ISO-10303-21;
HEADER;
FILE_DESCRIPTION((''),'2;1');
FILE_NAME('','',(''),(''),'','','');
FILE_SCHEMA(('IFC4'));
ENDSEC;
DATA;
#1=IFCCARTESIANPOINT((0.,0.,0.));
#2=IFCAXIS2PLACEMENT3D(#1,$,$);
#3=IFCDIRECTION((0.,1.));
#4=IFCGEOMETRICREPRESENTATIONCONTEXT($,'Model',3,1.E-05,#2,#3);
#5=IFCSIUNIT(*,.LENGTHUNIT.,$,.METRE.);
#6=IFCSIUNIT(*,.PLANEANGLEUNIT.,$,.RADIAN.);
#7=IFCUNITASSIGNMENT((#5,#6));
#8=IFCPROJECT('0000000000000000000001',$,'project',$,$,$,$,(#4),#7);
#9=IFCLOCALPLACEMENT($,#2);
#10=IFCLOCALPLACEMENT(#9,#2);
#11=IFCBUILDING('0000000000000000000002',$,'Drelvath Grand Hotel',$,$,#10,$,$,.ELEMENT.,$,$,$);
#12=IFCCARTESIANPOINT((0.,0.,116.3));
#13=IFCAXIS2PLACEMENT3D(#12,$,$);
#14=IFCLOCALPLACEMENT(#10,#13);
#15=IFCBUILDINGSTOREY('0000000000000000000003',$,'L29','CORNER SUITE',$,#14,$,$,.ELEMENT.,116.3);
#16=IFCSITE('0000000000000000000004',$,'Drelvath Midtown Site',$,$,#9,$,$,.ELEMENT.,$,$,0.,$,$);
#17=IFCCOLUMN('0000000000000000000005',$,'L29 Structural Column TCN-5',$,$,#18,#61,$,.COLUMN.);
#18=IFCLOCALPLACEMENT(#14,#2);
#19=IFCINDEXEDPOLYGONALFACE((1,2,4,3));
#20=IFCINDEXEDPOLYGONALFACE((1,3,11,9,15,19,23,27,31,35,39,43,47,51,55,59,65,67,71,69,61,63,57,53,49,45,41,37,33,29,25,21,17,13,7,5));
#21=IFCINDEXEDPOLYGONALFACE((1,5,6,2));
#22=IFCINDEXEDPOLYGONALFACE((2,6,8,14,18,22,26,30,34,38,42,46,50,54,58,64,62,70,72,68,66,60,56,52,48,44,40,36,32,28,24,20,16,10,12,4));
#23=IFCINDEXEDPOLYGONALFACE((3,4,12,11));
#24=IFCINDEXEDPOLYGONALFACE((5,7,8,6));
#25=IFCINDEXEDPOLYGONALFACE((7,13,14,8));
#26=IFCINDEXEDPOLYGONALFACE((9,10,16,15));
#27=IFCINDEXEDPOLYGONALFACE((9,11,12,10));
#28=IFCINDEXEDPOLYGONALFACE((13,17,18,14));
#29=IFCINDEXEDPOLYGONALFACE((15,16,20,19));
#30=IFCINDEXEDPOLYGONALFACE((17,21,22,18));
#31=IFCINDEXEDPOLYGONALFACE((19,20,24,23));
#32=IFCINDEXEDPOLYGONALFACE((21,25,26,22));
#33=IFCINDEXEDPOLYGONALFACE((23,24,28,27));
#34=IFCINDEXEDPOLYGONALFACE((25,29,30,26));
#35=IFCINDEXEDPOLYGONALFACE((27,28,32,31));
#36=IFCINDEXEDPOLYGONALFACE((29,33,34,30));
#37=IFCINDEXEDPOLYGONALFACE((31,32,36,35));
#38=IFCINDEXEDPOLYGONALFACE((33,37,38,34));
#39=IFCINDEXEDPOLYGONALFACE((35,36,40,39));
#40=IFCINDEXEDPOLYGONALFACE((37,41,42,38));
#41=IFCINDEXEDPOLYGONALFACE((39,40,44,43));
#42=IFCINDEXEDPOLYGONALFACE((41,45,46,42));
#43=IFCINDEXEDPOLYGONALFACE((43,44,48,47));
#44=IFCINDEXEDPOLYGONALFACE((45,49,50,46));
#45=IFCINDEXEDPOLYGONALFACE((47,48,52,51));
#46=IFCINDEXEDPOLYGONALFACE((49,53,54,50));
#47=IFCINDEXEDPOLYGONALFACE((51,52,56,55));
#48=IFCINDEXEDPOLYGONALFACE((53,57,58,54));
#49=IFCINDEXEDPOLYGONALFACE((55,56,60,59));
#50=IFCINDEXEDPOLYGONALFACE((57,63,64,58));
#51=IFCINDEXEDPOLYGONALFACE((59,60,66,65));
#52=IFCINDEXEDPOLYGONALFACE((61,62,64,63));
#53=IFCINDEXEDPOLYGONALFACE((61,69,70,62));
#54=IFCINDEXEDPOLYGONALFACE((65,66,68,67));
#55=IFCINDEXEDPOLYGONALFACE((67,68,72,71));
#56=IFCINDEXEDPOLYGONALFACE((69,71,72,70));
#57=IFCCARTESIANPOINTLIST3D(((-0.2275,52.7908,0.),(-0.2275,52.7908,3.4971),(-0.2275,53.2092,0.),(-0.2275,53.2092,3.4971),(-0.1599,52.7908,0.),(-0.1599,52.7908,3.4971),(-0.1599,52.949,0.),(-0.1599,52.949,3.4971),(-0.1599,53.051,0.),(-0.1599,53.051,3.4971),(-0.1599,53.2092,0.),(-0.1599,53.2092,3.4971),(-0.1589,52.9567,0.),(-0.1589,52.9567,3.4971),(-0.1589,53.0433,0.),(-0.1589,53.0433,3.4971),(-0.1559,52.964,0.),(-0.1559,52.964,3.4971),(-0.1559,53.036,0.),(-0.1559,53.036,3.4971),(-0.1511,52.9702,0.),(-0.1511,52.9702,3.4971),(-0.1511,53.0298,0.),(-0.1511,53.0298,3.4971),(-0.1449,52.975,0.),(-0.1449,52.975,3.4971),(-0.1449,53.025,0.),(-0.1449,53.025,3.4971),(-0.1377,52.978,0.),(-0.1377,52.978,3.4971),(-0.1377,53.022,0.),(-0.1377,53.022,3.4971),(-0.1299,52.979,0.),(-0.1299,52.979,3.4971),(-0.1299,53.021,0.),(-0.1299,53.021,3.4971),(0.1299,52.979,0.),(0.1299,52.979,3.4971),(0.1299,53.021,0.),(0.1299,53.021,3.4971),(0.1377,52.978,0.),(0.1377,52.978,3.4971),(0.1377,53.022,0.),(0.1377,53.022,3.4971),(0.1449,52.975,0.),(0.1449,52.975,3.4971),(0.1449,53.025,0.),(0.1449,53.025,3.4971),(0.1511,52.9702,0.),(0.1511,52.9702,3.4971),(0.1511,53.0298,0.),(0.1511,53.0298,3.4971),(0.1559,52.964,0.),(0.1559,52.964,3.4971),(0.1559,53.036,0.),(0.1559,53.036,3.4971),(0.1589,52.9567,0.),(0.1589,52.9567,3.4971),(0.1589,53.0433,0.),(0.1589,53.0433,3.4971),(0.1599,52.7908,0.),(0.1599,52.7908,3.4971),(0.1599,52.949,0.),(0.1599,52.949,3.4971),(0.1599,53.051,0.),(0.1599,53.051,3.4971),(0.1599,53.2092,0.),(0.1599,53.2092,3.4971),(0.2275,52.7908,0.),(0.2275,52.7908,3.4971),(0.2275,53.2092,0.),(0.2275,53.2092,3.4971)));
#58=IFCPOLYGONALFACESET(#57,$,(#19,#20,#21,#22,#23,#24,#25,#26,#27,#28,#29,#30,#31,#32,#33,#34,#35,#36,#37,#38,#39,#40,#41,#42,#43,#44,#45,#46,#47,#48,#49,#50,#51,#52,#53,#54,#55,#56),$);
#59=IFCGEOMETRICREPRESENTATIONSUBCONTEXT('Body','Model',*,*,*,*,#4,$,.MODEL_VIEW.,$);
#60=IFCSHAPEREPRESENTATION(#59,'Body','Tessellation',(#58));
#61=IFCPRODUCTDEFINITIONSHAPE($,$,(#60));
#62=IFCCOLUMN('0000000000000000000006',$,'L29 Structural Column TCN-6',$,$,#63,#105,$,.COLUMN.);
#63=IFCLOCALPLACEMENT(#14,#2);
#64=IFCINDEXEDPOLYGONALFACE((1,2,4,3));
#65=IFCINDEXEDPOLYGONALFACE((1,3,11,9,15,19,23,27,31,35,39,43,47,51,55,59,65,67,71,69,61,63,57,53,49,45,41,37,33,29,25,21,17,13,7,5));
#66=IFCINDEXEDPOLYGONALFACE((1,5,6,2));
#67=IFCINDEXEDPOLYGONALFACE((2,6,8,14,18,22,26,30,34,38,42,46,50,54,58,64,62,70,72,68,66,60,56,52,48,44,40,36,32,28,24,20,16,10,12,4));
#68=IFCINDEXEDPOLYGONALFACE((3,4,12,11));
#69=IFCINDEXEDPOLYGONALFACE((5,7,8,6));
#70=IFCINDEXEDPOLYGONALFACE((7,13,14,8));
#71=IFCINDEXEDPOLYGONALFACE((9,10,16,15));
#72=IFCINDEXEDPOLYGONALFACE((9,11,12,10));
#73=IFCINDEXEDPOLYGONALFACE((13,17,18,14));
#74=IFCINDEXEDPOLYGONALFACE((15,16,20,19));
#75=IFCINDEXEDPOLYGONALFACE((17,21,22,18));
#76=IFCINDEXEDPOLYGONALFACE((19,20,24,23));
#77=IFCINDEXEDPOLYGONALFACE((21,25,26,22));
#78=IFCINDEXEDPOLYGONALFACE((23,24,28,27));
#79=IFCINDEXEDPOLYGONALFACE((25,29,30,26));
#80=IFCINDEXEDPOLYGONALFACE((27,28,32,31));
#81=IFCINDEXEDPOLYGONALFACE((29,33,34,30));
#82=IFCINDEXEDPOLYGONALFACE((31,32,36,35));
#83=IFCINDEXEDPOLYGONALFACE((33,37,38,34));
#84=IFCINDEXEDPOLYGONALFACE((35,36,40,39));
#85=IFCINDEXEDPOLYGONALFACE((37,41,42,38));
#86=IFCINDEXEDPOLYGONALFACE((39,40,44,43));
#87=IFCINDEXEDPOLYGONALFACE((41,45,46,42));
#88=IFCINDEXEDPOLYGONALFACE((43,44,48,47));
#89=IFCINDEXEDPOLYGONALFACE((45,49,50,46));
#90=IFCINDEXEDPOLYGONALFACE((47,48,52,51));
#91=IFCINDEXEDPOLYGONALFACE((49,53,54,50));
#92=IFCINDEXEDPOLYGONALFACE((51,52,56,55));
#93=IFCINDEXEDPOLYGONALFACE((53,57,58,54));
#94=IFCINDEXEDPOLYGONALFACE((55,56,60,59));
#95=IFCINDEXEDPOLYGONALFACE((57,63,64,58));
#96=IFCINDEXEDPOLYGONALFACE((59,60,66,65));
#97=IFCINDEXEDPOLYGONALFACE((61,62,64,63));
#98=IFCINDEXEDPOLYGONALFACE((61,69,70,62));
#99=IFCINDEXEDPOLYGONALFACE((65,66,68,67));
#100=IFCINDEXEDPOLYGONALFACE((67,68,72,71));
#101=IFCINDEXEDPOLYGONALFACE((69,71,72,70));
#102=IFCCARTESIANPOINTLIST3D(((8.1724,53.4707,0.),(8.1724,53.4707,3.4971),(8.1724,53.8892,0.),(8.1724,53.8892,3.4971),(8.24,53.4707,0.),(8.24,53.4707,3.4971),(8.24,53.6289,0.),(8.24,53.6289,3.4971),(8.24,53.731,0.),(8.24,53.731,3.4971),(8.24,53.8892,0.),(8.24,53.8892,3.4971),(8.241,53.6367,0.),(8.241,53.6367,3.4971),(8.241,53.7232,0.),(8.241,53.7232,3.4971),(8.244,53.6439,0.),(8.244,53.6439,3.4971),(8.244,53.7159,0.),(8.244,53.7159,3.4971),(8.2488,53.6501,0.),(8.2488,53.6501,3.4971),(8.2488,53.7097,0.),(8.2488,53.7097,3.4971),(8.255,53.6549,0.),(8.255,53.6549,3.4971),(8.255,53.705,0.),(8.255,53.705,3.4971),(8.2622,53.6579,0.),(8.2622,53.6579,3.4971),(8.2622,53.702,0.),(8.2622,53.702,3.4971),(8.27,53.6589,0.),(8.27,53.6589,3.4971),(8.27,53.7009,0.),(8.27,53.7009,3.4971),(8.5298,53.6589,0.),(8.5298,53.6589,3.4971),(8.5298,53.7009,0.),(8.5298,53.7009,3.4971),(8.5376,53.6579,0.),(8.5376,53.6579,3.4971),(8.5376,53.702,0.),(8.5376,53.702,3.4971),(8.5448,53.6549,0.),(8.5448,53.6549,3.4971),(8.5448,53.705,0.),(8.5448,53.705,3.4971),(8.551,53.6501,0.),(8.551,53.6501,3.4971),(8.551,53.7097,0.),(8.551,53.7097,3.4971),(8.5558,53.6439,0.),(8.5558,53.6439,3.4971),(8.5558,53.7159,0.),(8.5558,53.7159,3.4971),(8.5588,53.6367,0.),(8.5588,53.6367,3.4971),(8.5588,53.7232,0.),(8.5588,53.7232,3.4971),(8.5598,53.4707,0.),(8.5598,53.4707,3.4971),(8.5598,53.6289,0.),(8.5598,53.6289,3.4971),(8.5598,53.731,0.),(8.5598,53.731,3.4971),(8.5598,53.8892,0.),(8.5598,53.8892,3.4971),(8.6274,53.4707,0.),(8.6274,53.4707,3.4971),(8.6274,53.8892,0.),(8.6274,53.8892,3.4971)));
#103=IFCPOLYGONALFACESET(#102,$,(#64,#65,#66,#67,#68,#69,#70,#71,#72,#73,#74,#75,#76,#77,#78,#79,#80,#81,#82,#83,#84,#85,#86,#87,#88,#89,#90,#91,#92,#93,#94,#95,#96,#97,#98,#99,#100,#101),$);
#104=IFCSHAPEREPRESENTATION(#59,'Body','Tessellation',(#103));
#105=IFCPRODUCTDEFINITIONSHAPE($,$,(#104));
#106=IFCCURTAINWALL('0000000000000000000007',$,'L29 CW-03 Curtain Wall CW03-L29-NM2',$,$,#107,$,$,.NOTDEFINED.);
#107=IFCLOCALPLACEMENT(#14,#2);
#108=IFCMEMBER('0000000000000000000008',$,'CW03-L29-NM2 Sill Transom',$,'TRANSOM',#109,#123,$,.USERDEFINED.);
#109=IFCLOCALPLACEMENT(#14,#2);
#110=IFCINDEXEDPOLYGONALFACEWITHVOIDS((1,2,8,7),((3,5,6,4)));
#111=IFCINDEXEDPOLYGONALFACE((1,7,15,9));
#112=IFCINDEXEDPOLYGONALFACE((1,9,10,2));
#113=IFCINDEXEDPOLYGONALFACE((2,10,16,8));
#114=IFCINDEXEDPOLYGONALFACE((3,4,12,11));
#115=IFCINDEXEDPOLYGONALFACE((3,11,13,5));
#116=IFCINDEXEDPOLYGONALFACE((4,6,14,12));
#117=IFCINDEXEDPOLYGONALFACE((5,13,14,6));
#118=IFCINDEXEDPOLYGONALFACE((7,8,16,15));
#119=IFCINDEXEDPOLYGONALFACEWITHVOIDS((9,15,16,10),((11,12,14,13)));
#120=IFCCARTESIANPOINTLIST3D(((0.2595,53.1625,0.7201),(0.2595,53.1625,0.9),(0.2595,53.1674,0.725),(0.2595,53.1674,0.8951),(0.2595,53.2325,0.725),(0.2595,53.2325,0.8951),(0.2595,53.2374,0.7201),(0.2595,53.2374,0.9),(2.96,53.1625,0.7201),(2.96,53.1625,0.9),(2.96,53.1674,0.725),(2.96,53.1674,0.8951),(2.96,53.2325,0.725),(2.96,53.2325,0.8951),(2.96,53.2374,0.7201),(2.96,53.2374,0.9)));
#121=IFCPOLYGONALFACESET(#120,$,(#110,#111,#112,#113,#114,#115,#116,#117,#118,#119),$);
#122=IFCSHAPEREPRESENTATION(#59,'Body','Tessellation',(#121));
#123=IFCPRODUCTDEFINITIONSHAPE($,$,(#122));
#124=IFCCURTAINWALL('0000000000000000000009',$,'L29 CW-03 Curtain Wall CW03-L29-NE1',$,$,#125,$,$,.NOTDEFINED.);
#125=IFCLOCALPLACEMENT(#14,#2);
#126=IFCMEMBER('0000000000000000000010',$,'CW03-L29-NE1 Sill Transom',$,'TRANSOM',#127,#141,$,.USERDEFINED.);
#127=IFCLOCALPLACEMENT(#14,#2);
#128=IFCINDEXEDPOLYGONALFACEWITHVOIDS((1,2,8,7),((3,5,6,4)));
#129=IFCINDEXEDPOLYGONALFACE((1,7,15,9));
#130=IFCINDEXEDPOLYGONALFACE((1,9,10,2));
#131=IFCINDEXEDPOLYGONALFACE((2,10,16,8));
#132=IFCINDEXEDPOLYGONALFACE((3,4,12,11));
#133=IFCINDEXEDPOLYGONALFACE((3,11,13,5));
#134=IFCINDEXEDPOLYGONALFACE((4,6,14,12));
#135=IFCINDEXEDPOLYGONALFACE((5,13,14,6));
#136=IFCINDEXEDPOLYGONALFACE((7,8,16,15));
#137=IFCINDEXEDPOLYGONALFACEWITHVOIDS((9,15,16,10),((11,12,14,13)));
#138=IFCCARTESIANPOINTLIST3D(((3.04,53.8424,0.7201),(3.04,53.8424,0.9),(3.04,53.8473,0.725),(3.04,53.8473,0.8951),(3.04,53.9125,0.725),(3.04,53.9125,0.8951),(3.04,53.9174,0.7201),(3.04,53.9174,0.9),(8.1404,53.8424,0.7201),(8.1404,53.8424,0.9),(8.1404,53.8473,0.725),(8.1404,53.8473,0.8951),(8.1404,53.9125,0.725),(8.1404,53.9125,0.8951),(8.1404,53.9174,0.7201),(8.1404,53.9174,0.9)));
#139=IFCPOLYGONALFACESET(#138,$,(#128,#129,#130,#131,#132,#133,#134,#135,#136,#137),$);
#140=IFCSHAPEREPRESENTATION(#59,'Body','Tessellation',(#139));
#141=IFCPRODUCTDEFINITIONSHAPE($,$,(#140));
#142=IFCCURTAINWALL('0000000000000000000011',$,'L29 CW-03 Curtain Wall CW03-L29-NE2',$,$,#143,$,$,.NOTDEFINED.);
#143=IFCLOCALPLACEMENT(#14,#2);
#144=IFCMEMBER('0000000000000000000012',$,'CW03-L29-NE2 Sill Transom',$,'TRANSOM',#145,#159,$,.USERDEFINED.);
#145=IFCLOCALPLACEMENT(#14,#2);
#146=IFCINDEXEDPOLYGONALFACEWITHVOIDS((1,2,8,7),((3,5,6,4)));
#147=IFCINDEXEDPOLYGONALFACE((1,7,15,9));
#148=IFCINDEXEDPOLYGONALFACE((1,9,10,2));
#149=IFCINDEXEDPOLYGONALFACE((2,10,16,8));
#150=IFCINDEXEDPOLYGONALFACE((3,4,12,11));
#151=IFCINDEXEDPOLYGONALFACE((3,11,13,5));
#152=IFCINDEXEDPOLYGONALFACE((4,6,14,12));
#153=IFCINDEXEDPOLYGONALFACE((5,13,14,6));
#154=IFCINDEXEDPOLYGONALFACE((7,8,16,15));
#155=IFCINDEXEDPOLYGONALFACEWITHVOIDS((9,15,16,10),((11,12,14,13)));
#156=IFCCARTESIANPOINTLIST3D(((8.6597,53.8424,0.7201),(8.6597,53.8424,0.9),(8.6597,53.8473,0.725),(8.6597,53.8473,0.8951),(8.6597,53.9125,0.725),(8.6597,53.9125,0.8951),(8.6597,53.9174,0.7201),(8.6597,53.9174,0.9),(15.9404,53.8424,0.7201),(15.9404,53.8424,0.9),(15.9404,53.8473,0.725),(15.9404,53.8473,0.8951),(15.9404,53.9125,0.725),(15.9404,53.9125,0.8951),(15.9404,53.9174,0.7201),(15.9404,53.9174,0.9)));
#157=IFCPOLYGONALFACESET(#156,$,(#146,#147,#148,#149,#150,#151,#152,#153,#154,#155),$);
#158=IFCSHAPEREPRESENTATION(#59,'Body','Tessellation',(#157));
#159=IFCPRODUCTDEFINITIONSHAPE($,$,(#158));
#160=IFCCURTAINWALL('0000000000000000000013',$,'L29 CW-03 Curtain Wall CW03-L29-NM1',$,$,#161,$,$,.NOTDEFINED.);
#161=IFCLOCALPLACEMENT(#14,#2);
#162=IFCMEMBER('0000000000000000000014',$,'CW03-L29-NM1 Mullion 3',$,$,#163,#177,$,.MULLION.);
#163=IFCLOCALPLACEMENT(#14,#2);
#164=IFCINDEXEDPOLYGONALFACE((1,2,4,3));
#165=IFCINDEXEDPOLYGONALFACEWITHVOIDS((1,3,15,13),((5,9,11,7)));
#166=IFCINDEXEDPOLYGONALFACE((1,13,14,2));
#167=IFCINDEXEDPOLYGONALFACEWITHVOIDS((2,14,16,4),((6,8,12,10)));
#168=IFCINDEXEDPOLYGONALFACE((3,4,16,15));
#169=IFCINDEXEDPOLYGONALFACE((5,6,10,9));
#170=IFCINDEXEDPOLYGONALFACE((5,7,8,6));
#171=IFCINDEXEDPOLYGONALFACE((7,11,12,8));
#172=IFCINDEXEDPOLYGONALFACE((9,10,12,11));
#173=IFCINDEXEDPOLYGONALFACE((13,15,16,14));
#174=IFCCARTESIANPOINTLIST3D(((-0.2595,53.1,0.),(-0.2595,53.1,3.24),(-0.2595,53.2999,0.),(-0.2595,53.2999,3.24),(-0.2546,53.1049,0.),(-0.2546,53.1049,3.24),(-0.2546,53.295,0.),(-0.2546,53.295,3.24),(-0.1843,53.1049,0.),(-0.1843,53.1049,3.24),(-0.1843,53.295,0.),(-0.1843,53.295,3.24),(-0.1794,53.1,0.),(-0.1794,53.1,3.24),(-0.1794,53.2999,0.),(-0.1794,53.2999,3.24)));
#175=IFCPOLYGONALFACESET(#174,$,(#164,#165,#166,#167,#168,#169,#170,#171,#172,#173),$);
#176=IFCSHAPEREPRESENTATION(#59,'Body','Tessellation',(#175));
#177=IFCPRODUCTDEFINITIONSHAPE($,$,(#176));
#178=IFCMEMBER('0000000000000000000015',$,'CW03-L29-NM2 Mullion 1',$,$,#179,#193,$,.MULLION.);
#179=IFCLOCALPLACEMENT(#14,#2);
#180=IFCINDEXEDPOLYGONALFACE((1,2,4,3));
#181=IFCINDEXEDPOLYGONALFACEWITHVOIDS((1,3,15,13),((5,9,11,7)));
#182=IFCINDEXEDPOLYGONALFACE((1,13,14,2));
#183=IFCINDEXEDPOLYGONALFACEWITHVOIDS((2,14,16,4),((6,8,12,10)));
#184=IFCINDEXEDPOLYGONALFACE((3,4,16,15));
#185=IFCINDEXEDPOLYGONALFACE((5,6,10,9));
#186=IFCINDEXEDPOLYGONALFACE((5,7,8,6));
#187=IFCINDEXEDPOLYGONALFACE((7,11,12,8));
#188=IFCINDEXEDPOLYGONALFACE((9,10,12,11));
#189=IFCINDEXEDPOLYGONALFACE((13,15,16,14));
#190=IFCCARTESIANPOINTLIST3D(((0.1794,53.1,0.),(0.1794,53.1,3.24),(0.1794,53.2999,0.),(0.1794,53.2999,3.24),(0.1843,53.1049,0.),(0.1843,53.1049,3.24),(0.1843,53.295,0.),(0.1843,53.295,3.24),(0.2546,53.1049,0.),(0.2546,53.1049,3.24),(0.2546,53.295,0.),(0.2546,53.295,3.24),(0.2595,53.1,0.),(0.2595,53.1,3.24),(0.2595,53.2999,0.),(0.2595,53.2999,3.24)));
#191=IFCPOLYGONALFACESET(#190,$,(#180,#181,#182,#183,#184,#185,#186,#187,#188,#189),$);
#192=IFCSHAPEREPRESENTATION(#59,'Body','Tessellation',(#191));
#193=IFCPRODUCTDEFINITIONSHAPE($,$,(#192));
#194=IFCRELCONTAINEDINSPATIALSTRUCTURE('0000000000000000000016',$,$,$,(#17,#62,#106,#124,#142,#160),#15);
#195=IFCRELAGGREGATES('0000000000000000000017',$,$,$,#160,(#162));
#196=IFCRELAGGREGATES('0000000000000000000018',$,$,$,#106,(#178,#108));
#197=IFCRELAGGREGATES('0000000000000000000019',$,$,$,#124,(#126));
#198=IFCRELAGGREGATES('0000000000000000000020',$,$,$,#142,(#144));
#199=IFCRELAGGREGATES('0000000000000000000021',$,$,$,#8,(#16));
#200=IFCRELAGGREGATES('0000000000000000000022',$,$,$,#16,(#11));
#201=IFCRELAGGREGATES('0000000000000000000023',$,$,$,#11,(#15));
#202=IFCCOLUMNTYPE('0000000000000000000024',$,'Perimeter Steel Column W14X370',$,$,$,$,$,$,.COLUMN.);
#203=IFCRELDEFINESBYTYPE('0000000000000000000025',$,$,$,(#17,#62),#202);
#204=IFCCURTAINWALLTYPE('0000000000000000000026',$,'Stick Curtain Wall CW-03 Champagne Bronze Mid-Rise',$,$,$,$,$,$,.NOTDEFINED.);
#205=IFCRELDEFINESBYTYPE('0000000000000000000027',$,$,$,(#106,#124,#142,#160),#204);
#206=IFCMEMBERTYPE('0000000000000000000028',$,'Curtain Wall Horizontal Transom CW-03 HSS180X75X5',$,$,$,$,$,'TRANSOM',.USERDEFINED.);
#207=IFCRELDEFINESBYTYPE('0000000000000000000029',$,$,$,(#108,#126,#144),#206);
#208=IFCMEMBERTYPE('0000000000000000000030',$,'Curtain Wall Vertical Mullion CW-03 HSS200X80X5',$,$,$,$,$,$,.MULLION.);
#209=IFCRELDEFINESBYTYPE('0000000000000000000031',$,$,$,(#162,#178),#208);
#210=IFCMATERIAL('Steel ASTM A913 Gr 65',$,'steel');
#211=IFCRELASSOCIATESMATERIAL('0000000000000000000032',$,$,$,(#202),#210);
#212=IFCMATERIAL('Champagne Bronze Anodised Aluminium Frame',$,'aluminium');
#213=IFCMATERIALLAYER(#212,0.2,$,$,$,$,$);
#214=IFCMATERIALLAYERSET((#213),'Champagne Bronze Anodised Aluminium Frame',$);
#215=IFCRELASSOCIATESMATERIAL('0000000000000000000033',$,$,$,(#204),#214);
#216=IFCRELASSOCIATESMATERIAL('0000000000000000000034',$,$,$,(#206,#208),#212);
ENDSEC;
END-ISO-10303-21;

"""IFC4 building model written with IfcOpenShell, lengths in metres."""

from ifc_helpers import new_model, si_unit, direction, frame, origin, origin_2d, place, context, subcontext, project, spatial, hollow_rectangle, i_section, extrude, material, layer, layer_set, material_profile, profile_set, type_object, element, aggregate, save


model = new_model("IFC4")

# Units and contexts
model_context = context("Model", 3, precision=1e-05, world=origin(), true_north=direction((0.0, 1.0)))
body_context = subcontext(model_context, "Body", "Model", "MODEL_VIEW")
ifc_project = project(units=[si_unit("LENGTHUNIT", "METRE"), si_unit("PLANEANGLEUNIT", "RADIAN")], contexts=[model_context])

# Site, building, storey
site_placement = place(None, origin())
site = spatial("IfcSite", under=ifc_project, at=site_placement, Name="Drelvath Midtown Site", CompositionType="ELEMENT", RefElevation=0.0)
building_placement = place(site_placement, origin())
building = spatial("IfcBuilding", under=site, at=building_placement, Name="Drelvath Grand Hotel", CompositionType="ELEMENT")
storey_placement = place(building_placement, frame((0.0, 0.0, 116.3)))
storey = spatial("IfcBuildingStorey", under=building, at=storey_placement, Name="L29", Description="CORNER SUITE", CompositionType="ELEMENT", Elevation=116.3)

# Columns
ifc_material_1 = material(Name="Steel ASTM A913 Gr 65", Category="steel")
ifc_material_profile_1 = material_profile(ifc_material_1, i_section(OverallWidth=0.4185, OverallDepth=0.4551, WebThickness=0.042, FlangeThickness=0.0676, FilletRadius=0.03, at=origin_2d()), Name="W14X370")
ifc_profile_set_1 = profile_set([ifc_material_profile_1], Name="Steel ASTM A913 Gr 65")
column_type = type_object("IfcColumnType", Name="Perimeter Steel Column W14X370", PredefinedType="COLUMN", material=ifc_profile_set_1)
for number, where, z_axis, x_axis, name in (
    (1, (0.0, 53.0, 0.0), (0.0, 0.0, 1.0), (0.0, 1.0, 0.0), "L29 Structural Column TCN-5"),
    (2, (8.3999, 53.6799, 0.0), (0.0, 0.0, 1.0), (0.0, 1.0, 0.0), "L29 Structural Column TCN-6"),
):
    element("IfcColumn", number, at=place(storey_placement, frame(where, z_axis=z_axis, x_axis=x_axis)), inside=storey, type_object=column_type, Name=name, PredefinedType="COLUMN", context=body_context, shape_type="SweptSolid", body=[
        extrude(i_section(OverallWidth=0.4185, OverallDepth=0.4551, WebThickness=0.042, FlangeThickness=0.0676, FilletRadius=0.03, at=origin_2d()), origin(), (0.0, 0.0, 1.0), 3.4971),
    ])

# Curtain walls, members
ifc_material_2 = material(Name="Champagne Bronze Anodised Aluminium Frame", Category="aluminium")
ifc_layer_1 = layer(ifc_material_2, 0.2)
ifc_layer_set_1 = layer_set([ifc_layer_1], Name="Champagne Bronze Anodised Aluminium Frame")
curtain_wall_type = type_object("IfcCurtainWallType", Name="Stick Curtain Wall CW-03 Champagne Bronze Mid-Rise", PredefinedType="NOTDEFINED", material=ifc_layer_set_1)
curtain_wall_1_placement = place(storey_placement, origin())
curtain_wall_1 = element("IfcCurtainWall", 3, at=curtain_wall_1_placement, inside=storey, type_object=curtain_wall_type, Name="L29 CW-03 Curtain Wall CW03-L29-NM2", PredefinedType="NOTDEFINED")
ifc_material_profile_2 = material_profile(ifc_material_2, hollow_rectangle(XDim=0.075, YDim=0.1799, WallThickness=0.0049, at=origin_2d()), Name="HSS180X75X5")
ifc_profile_set_2 = profile_set([ifc_material_profile_2], Name="Champagne Bronze Anodised Aluminium Frame")
member_type_1 = type_object("IfcMemberType", Name="Curtain Wall Horizontal Transom CW-03 HSS180X75X5", ElementType="TRANSOM", PredefinedType="USERDEFINED", material=ifc_profile_set_2)
member_1_placement = place(storey_placement, frame((0.2595, 53.2, 0.8101), z_axis=(1.0, 0.0, 0.0), x_axis=(0.0, 1.0, 0.0)))
member_1 = element("IfcMember", 4, at=member_1_placement, type_object=member_type_1, Name="CW03-L29-NM2 Sill Transom", ObjectType="TRANSOM", PredefinedType="USERDEFINED", context=body_context, shape_type="SweptSolid", body=[
    extrude(hollow_rectangle(XDim=0.075, YDim=0.1799, WallThickness=0.0049, at=origin_2d()), origin(), (0.0, 0.0, 1.0), 2.7004),
])
curtain_wall_2_placement = place(storey_placement, origin())
curtain_wall_2 = element("IfcCurtainWall", 5, at=curtain_wall_2_placement, inside=storey, type_object=curtain_wall_type, Name="L29 CW-03 Curtain Wall CW03-L29-NE1", PredefinedType="NOTDEFINED")
member_2_placement = place(storey_placement, frame((3.04, 53.8799, 0.8101), z_axis=(1.0, 0.0, 0.0), x_axis=(0.0, 1.0, 0.0)))
member_2 = element("IfcMember", 6, at=member_2_placement, type_object=member_type_1, Name="CW03-L29-NE1 Sill Transom", ObjectType="TRANSOM", PredefinedType="USERDEFINED", context=body_context, shape_type="SweptSolid", body=[
    extrude(hollow_rectangle(XDim=0.075, YDim=0.1799, WallThickness=0.0049, at=origin_2d()), origin(), (0.0, 0.0, 1.0), 5.1003),
])
curtain_wall_3_placement = place(storey_placement, origin())
curtain_wall_3 = element("IfcCurtainWall", 7, at=curtain_wall_3_placement, inside=storey, type_object=curtain_wall_type, Name="L29 CW-03 Curtain Wall CW03-L29-NE2", PredefinedType="NOTDEFINED")
member_3_placement = place(storey_placement, frame((8.6597, 53.8799, 0.8101), z_axis=(1.0, 0.0, 0.0), x_axis=(0.0, 1.0, 0.0)))
member_3 = element("IfcMember", 8, at=member_3_placement, type_object=member_type_1, Name="CW03-L29-NE2 Sill Transom", ObjectType="TRANSOM", PredefinedType="USERDEFINED", context=body_context, shape_type="SweptSolid", body=[
    extrude(hollow_rectangle(XDim=0.075, YDim=0.1799, WallThickness=0.0049, at=origin_2d()), origin(), (0.0, 0.0, 1.0), 7.2808),
])
curtain_wall_4_placement = place(storey_placement, origin())
curtain_wall_4 = element("IfcCurtainWall", 9, at=curtain_wall_4_placement, inside=storey, type_object=curtain_wall_type, Name="L29 CW-03 Curtain Wall CW03-L29-NM1", PredefinedType="NOTDEFINED")
ifc_material_profile_3 = material_profile(ifc_material_2, hollow_rectangle(XDim=0.0801, YDim=0.2, WallThickness=0.0049, at=origin_2d()), Name="HSS200X80X5")
ifc_profile_set_3 = profile_set([ifc_material_profile_3], Name="Champagne Bronze Anodised Aluminium Frame")
member_type_2 = type_object("IfcMemberType", Name="Curtain Wall Vertical Mullion CW-03 HSS200X80X5", PredefinedType="MULLION", material=ifc_profile_set_3)
member_4_placement = place(storey_placement, frame((-0.2195, 53.2, 0.0), z_axis=(0.0, 0.0, 1.0), x_axis=(1.0, 0.0, 0.0)))
member_4 = element("IfcMember", 10, at=member_4_placement, type_object=member_type_2, Name="CW03-L29-NM1 Mullion 3", PredefinedType="MULLION", context=body_context, shape_type="SweptSolid", body=[
    extrude(hollow_rectangle(XDim=0.0801, YDim=0.2, WallThickness=0.0049, at=origin_2d()), origin(), (0.0, 0.0, 1.0), 3.24),
])
aggregate(curtain_wall_4, [member_4])

# Member
member_5_placement = place(storey_placement, frame((0.2195, 53.2, 0.0), z_axis=(0.0, 0.0, 1.0), x_axis=(1.0, 0.0, 0.0)))
member_5 = element("IfcMember", 11, at=member_5_placement, type_object=member_type_2, Name="CW03-L29-NM2 Mullion 1", PredefinedType="MULLION", context=body_context, shape_type="SweptSolid", body=[
    extrude(hollow_rectangle(XDim=0.0801, YDim=0.2, WallThickness=0.0049, at=origin_2d()), origin(), (0.0, 0.0, 1.0), 3.24),
])

aggregate(curtain_wall_1, [member_5, member_1])
aggregate(curtain_wall_2, [member_2])
aggregate(curtain_wall_3, [member_3])

save(model, "model.ifc")
